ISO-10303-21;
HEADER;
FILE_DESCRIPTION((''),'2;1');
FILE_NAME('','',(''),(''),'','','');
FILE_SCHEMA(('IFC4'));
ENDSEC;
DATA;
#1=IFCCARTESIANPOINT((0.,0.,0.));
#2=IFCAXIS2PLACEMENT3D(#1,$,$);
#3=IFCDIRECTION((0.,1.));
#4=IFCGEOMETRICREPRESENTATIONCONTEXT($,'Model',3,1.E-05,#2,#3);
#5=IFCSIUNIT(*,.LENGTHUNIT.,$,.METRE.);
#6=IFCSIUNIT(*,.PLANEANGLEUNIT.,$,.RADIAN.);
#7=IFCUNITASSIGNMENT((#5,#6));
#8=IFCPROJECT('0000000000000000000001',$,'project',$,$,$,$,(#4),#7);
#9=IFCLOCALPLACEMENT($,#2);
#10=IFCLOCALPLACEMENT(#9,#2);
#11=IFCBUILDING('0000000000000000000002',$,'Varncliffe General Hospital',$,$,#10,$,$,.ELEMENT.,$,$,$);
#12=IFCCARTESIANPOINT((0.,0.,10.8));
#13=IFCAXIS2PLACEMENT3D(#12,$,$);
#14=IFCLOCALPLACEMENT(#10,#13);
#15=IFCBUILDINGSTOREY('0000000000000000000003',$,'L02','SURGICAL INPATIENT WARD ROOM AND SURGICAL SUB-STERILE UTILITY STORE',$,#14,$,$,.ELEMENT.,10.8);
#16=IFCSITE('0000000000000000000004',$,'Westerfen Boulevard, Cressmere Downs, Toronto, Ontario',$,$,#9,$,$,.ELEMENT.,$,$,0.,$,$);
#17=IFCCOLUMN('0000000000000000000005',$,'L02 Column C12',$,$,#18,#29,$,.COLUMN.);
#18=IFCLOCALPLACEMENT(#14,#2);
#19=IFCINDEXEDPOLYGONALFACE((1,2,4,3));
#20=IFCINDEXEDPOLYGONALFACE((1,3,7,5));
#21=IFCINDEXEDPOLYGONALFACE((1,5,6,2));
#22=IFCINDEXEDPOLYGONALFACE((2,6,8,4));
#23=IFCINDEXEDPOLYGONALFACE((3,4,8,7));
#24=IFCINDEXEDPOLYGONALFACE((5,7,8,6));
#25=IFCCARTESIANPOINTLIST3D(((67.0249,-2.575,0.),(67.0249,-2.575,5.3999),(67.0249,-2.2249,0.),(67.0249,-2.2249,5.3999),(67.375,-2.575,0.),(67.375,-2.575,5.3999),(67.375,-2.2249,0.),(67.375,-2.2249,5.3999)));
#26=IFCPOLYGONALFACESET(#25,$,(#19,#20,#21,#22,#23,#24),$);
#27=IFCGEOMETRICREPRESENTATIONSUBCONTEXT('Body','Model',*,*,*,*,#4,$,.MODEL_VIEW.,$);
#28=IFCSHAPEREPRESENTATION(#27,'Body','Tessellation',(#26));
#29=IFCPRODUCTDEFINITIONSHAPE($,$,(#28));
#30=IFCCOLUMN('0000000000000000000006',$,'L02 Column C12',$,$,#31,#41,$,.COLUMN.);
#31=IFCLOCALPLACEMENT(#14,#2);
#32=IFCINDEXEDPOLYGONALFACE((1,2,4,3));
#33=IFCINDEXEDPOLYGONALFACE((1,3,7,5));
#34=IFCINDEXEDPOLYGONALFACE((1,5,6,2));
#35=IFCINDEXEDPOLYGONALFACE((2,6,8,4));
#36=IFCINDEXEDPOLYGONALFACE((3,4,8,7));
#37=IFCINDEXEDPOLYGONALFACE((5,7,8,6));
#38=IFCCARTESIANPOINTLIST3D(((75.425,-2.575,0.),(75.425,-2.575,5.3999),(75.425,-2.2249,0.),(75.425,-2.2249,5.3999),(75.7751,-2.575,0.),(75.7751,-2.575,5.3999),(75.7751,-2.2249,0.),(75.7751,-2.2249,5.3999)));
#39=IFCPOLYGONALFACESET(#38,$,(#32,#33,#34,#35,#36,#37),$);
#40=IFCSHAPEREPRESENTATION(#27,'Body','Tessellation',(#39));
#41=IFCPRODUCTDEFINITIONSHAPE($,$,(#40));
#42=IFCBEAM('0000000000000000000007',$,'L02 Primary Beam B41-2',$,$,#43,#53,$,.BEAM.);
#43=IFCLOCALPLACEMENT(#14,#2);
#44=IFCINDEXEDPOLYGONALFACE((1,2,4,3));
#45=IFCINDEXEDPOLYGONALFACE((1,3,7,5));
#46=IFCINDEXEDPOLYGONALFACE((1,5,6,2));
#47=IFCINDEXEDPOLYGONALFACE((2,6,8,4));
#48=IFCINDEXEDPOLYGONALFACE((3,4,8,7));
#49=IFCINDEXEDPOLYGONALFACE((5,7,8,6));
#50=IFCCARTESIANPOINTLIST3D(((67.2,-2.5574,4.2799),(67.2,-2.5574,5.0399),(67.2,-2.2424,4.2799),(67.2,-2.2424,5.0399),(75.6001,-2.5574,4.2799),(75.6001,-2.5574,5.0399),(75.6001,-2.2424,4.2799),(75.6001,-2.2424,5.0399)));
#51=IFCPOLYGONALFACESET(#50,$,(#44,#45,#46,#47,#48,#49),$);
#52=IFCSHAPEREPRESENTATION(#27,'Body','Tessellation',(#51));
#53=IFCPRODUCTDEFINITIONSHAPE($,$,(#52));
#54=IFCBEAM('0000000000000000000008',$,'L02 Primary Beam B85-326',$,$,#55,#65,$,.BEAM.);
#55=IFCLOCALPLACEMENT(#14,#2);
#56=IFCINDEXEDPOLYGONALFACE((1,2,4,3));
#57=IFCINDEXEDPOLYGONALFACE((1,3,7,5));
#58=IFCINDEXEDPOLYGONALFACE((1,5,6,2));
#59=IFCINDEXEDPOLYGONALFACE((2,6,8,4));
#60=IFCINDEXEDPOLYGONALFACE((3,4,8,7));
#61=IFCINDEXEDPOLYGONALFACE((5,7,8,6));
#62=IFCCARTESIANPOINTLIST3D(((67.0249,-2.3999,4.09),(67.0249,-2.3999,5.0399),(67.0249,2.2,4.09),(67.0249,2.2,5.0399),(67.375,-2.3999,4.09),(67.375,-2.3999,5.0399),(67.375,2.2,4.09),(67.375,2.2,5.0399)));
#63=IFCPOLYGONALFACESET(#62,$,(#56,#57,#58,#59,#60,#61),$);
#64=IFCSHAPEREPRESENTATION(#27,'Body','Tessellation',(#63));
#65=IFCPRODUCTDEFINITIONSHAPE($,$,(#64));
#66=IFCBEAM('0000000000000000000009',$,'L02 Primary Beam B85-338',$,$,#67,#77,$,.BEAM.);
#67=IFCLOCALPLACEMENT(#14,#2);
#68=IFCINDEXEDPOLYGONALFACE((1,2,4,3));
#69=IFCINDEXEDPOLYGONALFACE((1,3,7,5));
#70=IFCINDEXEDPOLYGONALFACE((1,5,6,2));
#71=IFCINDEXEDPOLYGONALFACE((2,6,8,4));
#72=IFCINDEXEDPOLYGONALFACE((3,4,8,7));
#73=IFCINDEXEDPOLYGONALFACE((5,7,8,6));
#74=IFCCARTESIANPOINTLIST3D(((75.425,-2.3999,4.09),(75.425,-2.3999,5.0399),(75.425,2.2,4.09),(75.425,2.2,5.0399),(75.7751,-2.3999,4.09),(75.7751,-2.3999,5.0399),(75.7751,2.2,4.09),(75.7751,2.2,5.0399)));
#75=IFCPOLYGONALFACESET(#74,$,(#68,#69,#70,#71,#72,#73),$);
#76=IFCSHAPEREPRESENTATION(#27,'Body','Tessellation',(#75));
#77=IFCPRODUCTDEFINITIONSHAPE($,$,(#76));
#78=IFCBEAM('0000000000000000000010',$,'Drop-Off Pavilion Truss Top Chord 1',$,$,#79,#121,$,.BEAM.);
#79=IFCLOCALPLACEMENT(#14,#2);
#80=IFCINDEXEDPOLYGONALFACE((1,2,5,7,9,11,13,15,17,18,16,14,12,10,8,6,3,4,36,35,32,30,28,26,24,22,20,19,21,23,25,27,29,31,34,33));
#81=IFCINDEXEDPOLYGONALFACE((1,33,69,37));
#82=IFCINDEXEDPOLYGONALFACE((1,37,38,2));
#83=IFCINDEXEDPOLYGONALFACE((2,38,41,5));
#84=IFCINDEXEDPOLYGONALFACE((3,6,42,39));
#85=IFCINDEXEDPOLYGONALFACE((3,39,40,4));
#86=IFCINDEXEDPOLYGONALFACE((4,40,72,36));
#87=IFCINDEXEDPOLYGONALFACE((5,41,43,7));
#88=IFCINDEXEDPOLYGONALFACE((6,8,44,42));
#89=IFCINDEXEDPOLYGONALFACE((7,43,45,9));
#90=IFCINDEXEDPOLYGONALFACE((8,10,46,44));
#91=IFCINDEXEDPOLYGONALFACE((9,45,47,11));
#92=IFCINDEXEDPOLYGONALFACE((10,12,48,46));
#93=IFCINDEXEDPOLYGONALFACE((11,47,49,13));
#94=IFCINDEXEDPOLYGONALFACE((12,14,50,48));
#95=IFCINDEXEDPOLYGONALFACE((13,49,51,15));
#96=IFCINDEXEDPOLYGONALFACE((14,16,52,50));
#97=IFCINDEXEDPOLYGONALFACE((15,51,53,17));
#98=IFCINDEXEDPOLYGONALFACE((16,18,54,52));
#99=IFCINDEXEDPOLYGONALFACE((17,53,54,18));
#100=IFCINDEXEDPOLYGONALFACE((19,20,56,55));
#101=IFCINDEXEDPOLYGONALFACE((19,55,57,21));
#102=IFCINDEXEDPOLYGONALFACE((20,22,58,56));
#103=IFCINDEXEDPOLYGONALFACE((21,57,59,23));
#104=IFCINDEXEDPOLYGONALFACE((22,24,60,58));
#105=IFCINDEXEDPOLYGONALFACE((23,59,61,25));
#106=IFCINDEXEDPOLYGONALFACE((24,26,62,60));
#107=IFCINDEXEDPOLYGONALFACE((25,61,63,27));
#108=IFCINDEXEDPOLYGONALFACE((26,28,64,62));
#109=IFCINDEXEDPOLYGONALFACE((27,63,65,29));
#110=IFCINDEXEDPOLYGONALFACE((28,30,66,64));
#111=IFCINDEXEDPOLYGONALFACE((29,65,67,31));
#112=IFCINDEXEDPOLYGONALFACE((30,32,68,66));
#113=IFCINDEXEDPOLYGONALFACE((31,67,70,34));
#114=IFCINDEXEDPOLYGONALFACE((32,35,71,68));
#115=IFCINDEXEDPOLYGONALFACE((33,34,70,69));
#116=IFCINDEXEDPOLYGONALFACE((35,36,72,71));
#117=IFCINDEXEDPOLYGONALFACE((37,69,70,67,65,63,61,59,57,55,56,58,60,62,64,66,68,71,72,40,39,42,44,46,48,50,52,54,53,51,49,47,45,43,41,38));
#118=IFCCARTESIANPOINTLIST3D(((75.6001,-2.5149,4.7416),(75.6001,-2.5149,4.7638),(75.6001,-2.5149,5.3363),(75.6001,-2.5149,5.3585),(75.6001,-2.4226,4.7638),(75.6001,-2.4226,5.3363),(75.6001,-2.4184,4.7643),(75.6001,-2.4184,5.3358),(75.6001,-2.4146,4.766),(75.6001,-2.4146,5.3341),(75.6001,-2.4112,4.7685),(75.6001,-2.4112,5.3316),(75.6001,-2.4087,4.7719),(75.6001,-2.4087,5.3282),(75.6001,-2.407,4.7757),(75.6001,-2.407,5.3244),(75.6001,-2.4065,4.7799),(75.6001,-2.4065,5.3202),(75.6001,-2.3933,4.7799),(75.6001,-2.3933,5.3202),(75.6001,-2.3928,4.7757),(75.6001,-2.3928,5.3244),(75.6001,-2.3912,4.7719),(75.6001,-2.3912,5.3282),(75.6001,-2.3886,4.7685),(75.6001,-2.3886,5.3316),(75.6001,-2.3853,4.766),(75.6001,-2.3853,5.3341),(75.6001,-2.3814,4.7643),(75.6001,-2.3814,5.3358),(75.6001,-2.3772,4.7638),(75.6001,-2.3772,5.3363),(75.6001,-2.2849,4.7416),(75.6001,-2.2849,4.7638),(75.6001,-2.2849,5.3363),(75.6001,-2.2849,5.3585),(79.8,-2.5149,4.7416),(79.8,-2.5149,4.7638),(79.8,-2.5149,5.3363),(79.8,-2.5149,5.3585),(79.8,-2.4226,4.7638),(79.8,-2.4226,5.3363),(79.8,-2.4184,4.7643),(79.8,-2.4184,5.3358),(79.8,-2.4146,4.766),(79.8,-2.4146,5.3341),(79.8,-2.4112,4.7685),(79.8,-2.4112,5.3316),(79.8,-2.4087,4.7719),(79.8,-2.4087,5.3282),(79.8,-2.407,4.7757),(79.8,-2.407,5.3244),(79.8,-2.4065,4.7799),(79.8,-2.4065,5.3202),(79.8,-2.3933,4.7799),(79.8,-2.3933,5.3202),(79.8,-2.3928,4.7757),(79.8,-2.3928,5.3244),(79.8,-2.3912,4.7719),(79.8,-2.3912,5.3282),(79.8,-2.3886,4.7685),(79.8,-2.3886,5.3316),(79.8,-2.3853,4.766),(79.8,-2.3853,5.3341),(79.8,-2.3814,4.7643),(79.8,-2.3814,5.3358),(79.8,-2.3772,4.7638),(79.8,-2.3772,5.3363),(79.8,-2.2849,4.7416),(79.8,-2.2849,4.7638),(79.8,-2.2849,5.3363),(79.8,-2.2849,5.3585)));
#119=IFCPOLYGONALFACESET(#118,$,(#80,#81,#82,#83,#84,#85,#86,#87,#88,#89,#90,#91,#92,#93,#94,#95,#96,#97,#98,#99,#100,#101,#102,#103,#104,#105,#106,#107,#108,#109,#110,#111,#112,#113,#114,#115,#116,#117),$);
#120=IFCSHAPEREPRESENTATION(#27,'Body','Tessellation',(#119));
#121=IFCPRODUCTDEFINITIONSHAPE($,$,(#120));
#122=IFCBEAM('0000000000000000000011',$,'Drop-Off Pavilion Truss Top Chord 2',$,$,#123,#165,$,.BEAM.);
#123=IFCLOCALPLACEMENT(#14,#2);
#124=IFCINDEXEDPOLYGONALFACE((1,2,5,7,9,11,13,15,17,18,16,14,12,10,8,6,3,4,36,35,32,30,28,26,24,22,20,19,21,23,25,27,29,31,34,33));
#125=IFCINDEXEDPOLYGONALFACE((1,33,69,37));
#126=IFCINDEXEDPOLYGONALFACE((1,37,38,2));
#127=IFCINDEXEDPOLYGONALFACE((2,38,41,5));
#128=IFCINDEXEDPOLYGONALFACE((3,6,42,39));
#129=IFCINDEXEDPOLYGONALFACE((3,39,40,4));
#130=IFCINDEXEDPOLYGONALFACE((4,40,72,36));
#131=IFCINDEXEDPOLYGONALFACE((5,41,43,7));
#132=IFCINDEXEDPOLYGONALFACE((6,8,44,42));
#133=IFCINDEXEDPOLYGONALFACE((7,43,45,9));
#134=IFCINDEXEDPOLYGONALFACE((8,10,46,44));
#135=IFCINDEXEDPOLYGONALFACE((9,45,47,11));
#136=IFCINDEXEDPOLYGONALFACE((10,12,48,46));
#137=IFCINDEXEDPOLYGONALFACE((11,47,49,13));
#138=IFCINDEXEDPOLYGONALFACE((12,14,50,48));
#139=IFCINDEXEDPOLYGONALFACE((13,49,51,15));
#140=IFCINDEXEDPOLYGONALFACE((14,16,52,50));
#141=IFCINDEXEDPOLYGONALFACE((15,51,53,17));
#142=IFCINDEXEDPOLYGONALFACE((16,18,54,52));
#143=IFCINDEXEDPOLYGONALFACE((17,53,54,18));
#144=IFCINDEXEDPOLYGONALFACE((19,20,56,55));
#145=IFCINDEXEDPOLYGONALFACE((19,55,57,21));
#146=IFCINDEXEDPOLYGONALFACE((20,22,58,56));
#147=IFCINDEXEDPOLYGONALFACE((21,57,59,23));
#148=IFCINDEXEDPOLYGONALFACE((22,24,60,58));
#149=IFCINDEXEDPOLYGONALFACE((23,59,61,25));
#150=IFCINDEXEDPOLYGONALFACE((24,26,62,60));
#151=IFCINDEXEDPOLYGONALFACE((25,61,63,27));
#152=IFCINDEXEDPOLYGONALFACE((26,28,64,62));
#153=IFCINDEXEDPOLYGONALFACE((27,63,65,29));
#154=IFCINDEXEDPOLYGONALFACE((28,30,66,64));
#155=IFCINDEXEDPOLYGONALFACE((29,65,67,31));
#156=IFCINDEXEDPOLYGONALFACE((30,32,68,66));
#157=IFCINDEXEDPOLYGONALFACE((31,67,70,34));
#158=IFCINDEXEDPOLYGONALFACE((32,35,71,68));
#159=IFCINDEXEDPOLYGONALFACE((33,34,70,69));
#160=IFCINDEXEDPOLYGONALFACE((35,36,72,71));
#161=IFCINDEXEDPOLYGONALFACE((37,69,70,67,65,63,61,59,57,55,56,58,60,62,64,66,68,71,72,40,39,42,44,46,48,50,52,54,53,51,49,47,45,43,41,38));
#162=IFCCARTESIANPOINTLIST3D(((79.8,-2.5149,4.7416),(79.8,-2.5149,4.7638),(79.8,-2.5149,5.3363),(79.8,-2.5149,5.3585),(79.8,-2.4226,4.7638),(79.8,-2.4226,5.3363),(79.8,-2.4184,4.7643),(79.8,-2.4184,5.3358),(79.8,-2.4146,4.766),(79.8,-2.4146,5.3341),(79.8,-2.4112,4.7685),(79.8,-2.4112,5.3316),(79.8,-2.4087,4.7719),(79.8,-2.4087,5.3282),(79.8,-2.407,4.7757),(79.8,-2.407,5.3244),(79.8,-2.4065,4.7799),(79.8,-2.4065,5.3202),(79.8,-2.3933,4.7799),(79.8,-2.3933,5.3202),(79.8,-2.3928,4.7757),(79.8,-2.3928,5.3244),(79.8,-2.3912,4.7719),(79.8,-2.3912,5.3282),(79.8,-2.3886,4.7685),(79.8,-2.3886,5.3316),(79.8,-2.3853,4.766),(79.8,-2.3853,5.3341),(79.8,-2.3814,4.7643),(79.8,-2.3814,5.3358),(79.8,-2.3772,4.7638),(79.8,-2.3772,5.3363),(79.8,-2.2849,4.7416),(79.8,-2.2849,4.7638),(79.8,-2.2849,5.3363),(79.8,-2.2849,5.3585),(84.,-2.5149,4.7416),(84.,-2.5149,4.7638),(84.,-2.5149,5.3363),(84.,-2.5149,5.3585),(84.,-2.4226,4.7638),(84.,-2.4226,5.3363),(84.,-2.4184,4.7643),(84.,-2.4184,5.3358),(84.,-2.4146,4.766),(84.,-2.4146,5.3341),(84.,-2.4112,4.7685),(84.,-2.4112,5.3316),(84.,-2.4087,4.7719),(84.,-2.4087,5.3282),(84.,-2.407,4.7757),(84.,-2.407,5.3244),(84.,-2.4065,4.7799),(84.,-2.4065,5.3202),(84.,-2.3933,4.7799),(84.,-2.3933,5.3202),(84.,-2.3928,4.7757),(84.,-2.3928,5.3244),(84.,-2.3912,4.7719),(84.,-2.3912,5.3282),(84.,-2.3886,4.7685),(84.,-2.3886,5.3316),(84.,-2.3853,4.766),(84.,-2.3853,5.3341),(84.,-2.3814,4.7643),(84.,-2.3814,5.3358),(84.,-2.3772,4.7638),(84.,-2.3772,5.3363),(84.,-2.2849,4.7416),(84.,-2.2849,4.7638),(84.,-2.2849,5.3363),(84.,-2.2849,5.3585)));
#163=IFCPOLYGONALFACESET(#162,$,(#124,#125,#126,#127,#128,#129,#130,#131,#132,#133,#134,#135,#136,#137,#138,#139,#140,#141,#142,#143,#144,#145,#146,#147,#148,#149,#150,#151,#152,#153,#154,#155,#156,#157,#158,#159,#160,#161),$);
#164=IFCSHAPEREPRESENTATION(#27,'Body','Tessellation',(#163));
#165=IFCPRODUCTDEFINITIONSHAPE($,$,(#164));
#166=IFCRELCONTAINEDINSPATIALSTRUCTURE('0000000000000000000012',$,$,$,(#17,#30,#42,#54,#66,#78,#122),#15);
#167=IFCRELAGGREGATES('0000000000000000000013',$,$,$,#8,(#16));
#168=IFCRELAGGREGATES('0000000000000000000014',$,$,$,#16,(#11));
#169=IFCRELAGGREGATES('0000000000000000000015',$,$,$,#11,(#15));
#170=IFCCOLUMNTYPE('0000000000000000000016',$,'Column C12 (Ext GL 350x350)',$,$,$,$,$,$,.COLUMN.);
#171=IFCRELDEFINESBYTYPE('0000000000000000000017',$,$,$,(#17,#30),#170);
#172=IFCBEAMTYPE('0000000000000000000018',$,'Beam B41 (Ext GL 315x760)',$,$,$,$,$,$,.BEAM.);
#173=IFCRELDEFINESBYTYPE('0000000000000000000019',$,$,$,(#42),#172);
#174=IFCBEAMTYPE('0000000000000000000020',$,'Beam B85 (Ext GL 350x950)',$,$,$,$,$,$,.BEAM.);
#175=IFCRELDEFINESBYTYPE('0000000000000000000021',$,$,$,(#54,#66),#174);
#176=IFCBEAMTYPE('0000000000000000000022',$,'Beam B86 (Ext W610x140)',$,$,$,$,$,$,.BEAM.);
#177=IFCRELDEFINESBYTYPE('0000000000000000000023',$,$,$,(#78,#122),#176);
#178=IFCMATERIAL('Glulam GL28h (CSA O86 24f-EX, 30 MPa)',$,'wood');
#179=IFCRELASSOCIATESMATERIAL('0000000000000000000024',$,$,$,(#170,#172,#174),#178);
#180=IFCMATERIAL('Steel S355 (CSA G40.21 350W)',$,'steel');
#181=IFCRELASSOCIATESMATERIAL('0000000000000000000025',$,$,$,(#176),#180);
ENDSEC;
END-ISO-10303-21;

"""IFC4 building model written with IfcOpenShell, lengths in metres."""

from ifc_helpers import new_model, si_unit, direction, frame, origin, origin_2d, place, context, subcontext, project, spatial, rectangle, i_section, extrude, material, material_profile, profile_set, type_object, element, save


model = new_model("IFC4")

# Units and contexts
model_context = context("Model", 3, precision=1e-05, world=origin(), true_north=direction((0.0, 1.0)))
body_context = subcontext(model_context, "Body", "Model", "MODEL_VIEW")
ifc_project = project(units=[si_unit("LENGTHUNIT", "METRE"), si_unit("PLANEANGLEUNIT", "RADIAN")], contexts=[model_context])

# Site, building, storey
site_placement = place(None, origin())
site = spatial("IfcSite", under=ifc_project, at=site_placement, Name="Westerfen Boulevard, Cressmere Downs, Toronto, Ontario", CompositionType="ELEMENT", RefElevation=0.0)
building_placement = place(site_placement, origin())
building = spatial("IfcBuilding", under=site, at=building_placement, Name="Varncliffe General Hospital", CompositionType="ELEMENT")
storey_placement = place(building_placement, frame((0.0, 0.0, 10.8)))
storey = spatial("IfcBuildingStorey", under=building, at=storey_placement, Name="L02", Description="SURGICAL INPATIENT WARD ROOM AND SURGICAL SUB-STERILE UTILITY STORE", CompositionType="ELEMENT", Elevation=10.8)

# Columns
ifc_material_1 = material(Name="Glulam GL28h (CSA O86 24f-EX, 30 MPa)", Category="wood")
ifc_material_profile_1 = material_profile(ifc_material_1, rectangle(XDim=0.3501, YDim=0.3501, at=origin_2d()), Name="GL 350x350")
ifc_profile_set_1 = profile_set([ifc_material_profile_1], Name="Glulam GL28h (CSA O86 24f-EX, 30 MPa)")
column_type = type_object("IfcColumnType", Name="Column C12 (Ext GL 350x350)", PredefinedType="COLUMN", material=ifc_profile_set_1)
for number, where, z_axis, x_axis, name in (
    (1, (67.2, -2.3999, 0.0), (0.0, 0.0, 1.0), (1.0, 0.0, 0.0), "L02 Column C12"),
    (2, (75.6001, -2.3999, 0.0), (0.0, 0.0, 1.0), (1.0, 0.0, 0.0), "L02 Column C12"),
):
    element("IfcColumn", number, at=place(storey_placement, frame(where, z_axis=z_axis, x_axis=x_axis)), inside=storey, type_object=column_type, Name=name, PredefinedType="COLUMN", context=body_context, shape_type="SweptSolid", body=[
        extrude(rectangle(XDim=0.3501, YDim=0.3501, at=origin_2d()), origin(), (0.0, 0.0, 1.0), 5.3999),
    ])

# Beams
ifc_material_profile_2 = material_profile(ifc_material_1, rectangle(XDim=0.3149, YDim=0.76, at=origin_2d()), Name="GL 315x760")
ifc_profile_set_2 = profile_set([ifc_material_profile_2], Name="Glulam GL28h (CSA O86 24f-EX, 30 MPa)")
beam_type_1 = type_object("IfcBeamType", Name="Beam B41 (Ext GL 315x760)", PredefinedType="BEAM", material=ifc_profile_set_2)
beam_1_placement = place(storey_placement, frame((67.2, -2.3999, 4.6599), z_axis=(1.0, 0.0, 0.0), x_axis=(0.0, 1.0, 0.0)))
element("IfcBeam", 3, at=beam_1_placement, inside=storey, type_object=beam_type_1, Name="L02 Primary Beam B41-2", PredefinedType="BEAM", context=body_context, shape_type="SweptSolid", body=[
    extrude(rectangle(XDim=0.3149, YDim=0.76, at=origin_2d()), origin(), (0.0, 0.0, 1.0), 8.4001),
])
ifc_material_profile_3 = material_profile(ifc_material_1, rectangle(XDim=0.3501, YDim=0.95, at=origin_2d()), Name="GL 350x950")
ifc_profile_set_3 = profile_set([ifc_material_profile_3], Name="Glulam GL28h (CSA O86 24f-EX, 30 MPa)")
beam_type_2 = type_object("IfcBeamType", Name="Beam B85 (Ext GL 350x950)", PredefinedType="BEAM", material=ifc_profile_set_3)
for number, where, z_axis, x_axis, name in (
    (4, (67.2, -2.3999, 4.5649), (0.0, 1.0, 0.0), (-1.0, 0.0, 0.0), "L02 Primary Beam B85-326"),
    (5, (75.6001, -2.3999, 4.5649), (0.0, 1.0, 0.0), (-1.0, 0.0, 0.0), "L02 Primary Beam B85-338"),
):
    element("IfcBeam", number, at=place(storey_placement, frame(where, z_axis=z_axis, x_axis=x_axis)), inside=storey, type_object=beam_type_2, Name=name, PredefinedType="BEAM", context=body_context, shape_type="SweptSolid", body=[
        extrude(rectangle(XDim=0.3501, YDim=0.95, at=origin_2d()), origin(), (0.0, 0.0, 1.0), 4.5999),
    ])
ifc_material_2 = material(Name="Steel S355 (CSA G40.21 350W)", Category="steel")
ifc_material_profile_4 = material_profile(ifc_material_2, i_section(OverallWidth=0.23, OverallDepth=0.6169, WebThickness=0.0132, FlangeThickness=0.0222, FilletRadius=0.0161, at=origin_2d()), Name="W610x140")
ifc_profile_set_4 = profile_set([ifc_material_profile_4], Name="Steel S355 (CSA G40.21 350W)")
beam_type_3 = type_object("IfcBeamType", Name="Beam B86 (Ext W610x140)", PredefinedType="BEAM", material=ifc_profile_set_4)
for number, where, z_axis, x_axis, name in (
    (6, (75.6001, -2.3999, 5.05), (1.0, 0.0, 0.0), (0.0, 1.0, 0.0), "Drop-Off Pavilion Truss Top Chord 1"),
    (7, (79.8, -2.3999, 5.05), (1.0, 0.0, 0.0), (0.0, 1.0, 0.0), "Drop-Off Pavilion Truss Top Chord 2"),
):
    element("IfcBeam", number, at=place(storey_placement, frame(where, z_axis=z_axis, x_axis=x_axis)), inside=storey, type_object=beam_type_3, Name=name, PredefinedType="BEAM", context=body_context, shape_type="SweptSolid", body=[
        extrude(i_section(OverallWidth=0.23, OverallDepth=0.6169, WebThickness=0.0132, FlangeThickness=0.0222, FilletRadius=0.0161, at=origin_2d()), origin(), (0.0, 0.0, 1.0), 4.2),
    ])

save(model, "model.ifc")
